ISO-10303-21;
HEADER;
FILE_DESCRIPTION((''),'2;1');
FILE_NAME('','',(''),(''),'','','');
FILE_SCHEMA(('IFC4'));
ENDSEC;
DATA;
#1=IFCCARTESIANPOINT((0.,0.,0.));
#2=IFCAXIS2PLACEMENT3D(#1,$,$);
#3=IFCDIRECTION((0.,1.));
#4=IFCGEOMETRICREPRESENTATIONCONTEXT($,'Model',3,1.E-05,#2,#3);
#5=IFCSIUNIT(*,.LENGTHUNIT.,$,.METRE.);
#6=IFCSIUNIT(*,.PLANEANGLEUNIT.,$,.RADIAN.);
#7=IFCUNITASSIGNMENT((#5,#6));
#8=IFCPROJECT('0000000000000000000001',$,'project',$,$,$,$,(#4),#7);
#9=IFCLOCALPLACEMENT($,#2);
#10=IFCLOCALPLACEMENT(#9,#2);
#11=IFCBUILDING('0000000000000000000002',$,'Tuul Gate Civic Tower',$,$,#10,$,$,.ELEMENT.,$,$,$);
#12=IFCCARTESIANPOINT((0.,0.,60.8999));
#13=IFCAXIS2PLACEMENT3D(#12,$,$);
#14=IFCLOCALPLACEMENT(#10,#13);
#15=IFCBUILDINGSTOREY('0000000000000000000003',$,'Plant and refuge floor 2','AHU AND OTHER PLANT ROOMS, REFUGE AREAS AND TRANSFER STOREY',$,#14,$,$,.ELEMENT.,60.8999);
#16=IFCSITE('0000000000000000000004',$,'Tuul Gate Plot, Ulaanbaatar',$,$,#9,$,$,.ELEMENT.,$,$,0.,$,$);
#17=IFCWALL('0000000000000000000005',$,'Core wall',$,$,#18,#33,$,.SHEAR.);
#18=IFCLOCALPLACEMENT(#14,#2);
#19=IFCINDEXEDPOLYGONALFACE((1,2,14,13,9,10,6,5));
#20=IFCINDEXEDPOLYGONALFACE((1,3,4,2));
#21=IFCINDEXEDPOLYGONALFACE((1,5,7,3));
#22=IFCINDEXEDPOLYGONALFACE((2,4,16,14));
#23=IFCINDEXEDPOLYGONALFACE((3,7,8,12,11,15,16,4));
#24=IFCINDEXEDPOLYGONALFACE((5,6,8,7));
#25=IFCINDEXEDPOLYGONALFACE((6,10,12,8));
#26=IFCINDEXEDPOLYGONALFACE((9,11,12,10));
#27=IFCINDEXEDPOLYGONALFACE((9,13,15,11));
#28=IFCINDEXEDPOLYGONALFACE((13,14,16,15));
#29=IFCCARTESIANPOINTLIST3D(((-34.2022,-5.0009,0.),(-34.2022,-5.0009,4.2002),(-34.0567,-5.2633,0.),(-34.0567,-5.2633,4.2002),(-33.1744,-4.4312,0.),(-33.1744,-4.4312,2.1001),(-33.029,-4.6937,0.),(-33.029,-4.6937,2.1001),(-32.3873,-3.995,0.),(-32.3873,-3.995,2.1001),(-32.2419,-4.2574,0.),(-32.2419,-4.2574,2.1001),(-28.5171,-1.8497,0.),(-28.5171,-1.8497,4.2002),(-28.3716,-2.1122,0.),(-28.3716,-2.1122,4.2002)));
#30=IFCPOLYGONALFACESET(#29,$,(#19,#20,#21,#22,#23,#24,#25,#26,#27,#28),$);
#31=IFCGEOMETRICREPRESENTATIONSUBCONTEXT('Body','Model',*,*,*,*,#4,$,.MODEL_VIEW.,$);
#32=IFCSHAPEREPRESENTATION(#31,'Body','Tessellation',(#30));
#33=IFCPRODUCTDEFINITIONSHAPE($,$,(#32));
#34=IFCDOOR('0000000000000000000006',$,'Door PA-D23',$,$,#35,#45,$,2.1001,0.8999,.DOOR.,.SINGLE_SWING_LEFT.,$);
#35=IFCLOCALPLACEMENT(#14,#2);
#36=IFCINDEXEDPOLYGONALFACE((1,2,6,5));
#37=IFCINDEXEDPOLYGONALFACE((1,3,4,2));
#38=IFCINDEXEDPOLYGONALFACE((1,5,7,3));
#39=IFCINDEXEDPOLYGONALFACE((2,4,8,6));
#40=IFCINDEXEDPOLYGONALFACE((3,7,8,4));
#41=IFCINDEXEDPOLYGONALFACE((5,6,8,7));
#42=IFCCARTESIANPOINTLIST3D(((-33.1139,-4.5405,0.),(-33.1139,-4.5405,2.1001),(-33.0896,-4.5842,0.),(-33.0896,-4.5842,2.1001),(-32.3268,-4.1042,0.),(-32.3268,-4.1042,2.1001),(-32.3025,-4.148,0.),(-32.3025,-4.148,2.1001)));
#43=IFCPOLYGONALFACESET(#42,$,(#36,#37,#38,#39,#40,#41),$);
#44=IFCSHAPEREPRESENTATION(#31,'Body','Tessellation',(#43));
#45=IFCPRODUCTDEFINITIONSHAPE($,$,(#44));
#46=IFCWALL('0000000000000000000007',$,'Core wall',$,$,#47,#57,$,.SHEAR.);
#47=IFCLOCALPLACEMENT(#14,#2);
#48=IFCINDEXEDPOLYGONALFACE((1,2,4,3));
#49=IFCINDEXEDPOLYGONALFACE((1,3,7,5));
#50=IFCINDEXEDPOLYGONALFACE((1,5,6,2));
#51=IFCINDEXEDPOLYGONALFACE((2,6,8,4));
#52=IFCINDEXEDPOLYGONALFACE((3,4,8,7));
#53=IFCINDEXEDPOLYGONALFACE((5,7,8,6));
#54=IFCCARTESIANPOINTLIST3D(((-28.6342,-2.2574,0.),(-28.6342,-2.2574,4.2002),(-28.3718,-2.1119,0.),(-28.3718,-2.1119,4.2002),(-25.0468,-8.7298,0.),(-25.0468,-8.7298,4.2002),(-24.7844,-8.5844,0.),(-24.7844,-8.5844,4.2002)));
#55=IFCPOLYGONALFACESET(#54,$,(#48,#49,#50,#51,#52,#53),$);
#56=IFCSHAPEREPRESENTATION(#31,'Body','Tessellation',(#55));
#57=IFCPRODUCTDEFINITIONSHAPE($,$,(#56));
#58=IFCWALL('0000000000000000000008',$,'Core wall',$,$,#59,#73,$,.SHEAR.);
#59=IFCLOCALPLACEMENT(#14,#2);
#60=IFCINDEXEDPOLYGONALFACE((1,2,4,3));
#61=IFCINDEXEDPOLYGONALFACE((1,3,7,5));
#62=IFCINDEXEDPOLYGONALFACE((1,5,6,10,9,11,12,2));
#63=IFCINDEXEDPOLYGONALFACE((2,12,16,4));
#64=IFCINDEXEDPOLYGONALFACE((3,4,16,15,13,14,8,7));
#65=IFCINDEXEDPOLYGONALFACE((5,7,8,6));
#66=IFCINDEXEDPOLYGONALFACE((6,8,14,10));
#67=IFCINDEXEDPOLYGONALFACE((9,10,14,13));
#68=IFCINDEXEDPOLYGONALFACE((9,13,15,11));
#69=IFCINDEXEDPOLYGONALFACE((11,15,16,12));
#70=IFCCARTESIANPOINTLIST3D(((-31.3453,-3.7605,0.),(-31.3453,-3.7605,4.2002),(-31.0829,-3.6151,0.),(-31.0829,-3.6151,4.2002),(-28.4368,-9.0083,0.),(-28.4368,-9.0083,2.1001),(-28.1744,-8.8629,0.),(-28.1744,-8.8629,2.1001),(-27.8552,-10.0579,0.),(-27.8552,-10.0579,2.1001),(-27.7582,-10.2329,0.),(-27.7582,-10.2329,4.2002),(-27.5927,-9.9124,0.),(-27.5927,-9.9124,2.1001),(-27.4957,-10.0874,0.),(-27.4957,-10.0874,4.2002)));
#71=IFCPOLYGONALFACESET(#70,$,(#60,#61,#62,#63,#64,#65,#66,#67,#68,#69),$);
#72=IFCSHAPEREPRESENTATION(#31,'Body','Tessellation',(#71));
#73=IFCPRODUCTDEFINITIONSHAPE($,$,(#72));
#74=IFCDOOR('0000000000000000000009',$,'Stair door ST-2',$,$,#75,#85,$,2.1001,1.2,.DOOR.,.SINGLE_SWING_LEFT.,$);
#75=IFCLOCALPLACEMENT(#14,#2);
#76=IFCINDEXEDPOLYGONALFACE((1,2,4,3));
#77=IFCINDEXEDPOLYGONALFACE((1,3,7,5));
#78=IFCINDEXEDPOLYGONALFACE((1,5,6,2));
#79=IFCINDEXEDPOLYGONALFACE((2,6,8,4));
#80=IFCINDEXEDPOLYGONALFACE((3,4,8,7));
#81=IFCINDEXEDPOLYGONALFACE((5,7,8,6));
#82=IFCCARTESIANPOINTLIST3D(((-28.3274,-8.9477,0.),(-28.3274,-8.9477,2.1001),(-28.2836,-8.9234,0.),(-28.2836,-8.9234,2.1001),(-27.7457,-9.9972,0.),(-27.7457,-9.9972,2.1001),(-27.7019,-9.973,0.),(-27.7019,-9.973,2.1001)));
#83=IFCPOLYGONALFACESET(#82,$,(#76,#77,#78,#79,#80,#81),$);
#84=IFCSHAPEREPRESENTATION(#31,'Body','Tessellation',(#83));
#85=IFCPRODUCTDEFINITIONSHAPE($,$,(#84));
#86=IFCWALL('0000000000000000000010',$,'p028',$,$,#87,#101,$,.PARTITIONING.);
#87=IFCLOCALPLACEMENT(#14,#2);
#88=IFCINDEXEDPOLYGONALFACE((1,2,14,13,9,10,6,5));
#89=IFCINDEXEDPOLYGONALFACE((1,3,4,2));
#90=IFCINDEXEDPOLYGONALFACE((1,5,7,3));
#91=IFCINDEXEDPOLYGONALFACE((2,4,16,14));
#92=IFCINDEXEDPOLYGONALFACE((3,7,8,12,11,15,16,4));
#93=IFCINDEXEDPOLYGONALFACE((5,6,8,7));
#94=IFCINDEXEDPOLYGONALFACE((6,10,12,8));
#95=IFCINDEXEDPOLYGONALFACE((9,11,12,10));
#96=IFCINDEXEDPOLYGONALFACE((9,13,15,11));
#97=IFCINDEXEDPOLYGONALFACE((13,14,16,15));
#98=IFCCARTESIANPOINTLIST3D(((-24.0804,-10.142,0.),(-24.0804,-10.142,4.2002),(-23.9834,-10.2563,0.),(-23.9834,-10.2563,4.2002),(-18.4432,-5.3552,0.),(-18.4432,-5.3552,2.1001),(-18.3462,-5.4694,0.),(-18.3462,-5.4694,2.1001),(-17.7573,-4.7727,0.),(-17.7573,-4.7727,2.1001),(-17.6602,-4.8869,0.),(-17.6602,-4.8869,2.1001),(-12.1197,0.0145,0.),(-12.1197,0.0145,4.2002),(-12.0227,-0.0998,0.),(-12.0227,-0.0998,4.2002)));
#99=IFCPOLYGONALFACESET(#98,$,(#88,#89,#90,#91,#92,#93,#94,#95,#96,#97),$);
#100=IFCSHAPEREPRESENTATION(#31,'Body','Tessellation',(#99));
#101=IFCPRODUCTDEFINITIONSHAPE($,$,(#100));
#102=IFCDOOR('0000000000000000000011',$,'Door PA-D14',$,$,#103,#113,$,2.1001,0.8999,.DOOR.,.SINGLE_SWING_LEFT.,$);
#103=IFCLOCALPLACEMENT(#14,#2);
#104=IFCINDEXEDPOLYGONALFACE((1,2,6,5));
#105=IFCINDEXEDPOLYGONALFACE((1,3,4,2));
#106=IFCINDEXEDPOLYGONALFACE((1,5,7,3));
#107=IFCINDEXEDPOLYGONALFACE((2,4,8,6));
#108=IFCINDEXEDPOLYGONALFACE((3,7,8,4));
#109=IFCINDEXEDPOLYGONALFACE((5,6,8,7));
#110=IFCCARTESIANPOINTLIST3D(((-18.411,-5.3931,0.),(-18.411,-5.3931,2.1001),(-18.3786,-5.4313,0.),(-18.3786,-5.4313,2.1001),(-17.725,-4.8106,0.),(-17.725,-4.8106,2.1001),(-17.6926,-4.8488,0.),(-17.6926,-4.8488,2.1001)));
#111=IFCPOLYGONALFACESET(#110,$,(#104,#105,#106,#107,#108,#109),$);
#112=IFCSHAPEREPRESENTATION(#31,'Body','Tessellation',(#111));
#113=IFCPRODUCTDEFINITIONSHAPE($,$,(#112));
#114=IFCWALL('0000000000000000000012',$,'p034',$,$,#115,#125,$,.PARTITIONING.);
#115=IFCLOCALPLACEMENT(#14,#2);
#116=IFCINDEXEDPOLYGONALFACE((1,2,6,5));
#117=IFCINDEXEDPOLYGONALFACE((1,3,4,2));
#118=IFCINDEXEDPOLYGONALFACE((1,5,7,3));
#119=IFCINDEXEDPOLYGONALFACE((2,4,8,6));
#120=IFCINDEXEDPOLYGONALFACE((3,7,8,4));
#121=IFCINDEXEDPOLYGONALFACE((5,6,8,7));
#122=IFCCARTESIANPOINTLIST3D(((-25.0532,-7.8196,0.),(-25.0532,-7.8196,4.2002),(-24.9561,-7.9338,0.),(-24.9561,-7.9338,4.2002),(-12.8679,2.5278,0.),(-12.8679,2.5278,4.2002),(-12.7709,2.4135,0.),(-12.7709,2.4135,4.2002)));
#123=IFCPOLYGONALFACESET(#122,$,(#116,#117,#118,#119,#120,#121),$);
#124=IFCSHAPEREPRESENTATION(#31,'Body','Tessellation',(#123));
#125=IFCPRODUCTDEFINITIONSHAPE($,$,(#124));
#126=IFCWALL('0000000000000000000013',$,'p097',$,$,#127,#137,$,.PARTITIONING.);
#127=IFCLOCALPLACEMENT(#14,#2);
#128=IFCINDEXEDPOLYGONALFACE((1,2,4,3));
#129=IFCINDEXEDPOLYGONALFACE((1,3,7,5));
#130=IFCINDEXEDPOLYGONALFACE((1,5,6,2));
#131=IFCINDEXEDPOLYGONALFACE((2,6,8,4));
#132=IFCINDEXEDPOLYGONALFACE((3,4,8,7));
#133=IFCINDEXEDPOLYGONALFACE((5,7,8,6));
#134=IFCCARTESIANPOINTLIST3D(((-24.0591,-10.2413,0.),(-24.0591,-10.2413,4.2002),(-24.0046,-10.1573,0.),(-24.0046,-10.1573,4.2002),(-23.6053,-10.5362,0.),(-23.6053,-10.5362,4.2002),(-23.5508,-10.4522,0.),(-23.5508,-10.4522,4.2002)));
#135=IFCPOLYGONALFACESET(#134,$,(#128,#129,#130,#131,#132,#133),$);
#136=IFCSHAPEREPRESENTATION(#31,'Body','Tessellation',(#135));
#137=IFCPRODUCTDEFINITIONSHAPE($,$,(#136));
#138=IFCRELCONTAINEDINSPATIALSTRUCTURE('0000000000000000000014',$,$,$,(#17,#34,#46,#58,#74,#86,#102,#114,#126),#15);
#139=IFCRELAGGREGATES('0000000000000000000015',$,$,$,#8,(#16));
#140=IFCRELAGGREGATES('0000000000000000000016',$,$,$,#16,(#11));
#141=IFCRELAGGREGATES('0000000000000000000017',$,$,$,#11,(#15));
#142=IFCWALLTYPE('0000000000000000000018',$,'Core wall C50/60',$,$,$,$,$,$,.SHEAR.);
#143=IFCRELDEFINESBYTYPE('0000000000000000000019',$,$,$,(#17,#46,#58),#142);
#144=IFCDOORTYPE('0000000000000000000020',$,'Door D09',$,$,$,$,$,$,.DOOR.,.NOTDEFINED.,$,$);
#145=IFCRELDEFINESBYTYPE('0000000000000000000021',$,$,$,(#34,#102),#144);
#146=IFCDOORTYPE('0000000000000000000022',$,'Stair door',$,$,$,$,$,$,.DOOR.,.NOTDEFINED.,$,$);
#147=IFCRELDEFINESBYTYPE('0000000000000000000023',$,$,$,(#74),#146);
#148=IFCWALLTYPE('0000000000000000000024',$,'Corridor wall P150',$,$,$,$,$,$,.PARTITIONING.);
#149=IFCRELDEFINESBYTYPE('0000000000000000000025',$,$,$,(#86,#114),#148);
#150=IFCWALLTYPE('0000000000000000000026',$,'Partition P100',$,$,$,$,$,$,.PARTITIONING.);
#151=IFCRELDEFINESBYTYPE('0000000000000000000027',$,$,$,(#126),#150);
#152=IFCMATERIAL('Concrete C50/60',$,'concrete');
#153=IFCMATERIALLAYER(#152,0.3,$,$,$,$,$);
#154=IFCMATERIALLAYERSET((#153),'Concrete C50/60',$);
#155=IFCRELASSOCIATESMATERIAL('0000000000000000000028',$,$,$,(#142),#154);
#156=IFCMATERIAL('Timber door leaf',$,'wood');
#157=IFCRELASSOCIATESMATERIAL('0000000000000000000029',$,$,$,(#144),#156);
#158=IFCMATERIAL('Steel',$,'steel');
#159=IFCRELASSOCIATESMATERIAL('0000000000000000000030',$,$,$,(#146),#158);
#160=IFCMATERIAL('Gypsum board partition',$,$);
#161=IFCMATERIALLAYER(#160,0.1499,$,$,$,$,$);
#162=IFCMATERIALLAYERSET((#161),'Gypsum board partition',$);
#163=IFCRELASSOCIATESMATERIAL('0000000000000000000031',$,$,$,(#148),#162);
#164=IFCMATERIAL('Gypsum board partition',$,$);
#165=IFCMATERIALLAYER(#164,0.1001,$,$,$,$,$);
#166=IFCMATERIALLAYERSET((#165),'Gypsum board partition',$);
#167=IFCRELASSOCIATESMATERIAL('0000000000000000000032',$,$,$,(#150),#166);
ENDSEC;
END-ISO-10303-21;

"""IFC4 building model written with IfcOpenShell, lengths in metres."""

from ifc_helpers import new_model, si_unit, direction, frame, frame_2d, origin, place, context, subcontext, project, spatial, rectangle, extrude, material, layer, layer_set, type_object, element, fill, save


model = new_model("IFC4")

# Units and contexts
model_context = context("Model", 3, precision=1e-05, world=origin(), true_north=direction((0.0, 1.0)))
body_context = subcontext(model_context, "Body", "Model", "MODEL_VIEW")
ifc_project = project(units=[si_unit("LENGTHUNIT", "METRE"), si_unit("PLANEANGLEUNIT", "RADIAN")], contexts=[model_context])

# Site, building, storey
site_placement = place(None, origin())
site = spatial("IfcSite", under=ifc_project, at=site_placement, Name="Tuul Gate Plot, Ulaanbaatar", CompositionType="ELEMENT", RefElevation=0.0)
building_placement = place(site_placement, origin())
building = spatial("IfcBuilding", under=site, at=building_placement, Name="Tuul Gate Civic Tower", CompositionType="ELEMENT")
storey_placement = place(building_placement, frame((0.0, 0.0, 60.8999)))
storey = spatial("IfcBuildingStorey", under=building, at=storey_placement, Name="Plant and refuge floor 2", Description="AHU AND OTHER PLANT ROOMS, REFUGE AREAS AND TRANSFER STOREY", CompositionType="ELEMENT", Elevation=60.8999)

# Shared definitions
ifc_material_1 = material(Name="Concrete C50/60", Category="concrete")
ifc_layer_1 = layer(ifc_material_1, 0.3)
ifc_layer_set_1 = layer_set([ifc_layer_1], Name="Concrete C50/60")
wall_type_1 = type_object("IfcWallType", Name="Core wall C50/60", PredefinedType="SHEAR", material=ifc_layer_set_1)

# Wall, opening, door
wall_1_placement = place(storey_placement, frame((-28.4443, -1.981, 0.0), z_axis=(0.0, 0.0, 1.0), x_axis=(-0.87463, -0.484791, 0.0)))
wall_1 = element("IfcWall", 1, at=wall_1_placement, inside=storey, type_object=wall_type_1, Name="Core wall", PredefinedType="SHEAR", context=body_context, shape_type="SweptSolid", body=[
    extrude(rectangle(XDim=6.5, YDim=0.3, at=frame_2d((3.25, 0.0))), origin(), (0.0, 0.0, 1.0), 4.2002),
])
opening_1_placement = place(wall_1_placement, frame((4.425, 0.0, 0.0)))
opening_1 = element("IfcOpeningElement", 2, at=opening_1_placement, cuts=wall_1, PredefinedType="OPENING", context=body_context, shape_type="SweptSolid", body=[
    extrude(rectangle(XDim=0.8999, YDim=2.1001, at=frame_2d((0.45, 1.05))), frame((0.0, 0.1602, 0.0), z_axis=(0.0, -1.0, 0.0), x_axis=(1.0, 0.0, 0.0)), (0.0, 0.0, 1.0), 0.3201),
])
ifc_material_2 = material(Name="Timber door leaf", Category="wood")
door_type_1 = type_object("IfcDoorType", Name="Door D09", OperationType="NOTDEFINED", PredefinedType="DOOR", material=ifc_material_2)
door_1_placement = place(opening_1_placement, origin())
door_1 = element("IfcDoor", 3, at=door_1_placement, inside=storey, type_object=door_type_1, Name="Door PA-D23", OperationType="SINGLE_SWING_LEFT", OverallHeight=2.1001, OverallWidth=0.8999, PredefinedType="DOOR", context=body_context, shape_type="SweptSolid", body=[
    extrude(rectangle(XDim=0.8999, YDim=2.1001, at=frame_2d((0.45, 1.05))), frame((0.0, 0.0249, 0.0), z_axis=(0.0, -1.0, 0.0), x_axis=(1.0, 0.0, 0.0)), (0.0, 0.0, 1.0), 0.05),
])
fill(opening_1, door_1)

# Wall
wall_2_placement = place(storey_placement, frame((-24.9155, -8.6572, 0.0), z_axis=(0.0, 0.0, 1.0), x_axis=(-0.484777, 0.874638, 0.0)))
element("IfcWall", 4, at=wall_2_placement, inside=storey, type_object=wall_type_1, Name="Core wall", PredefinedType="SHEAR", context=body_context, shape_type="SweptSolid", body=[
    extrude(rectangle(XDim=7.4001, YDim=0.3, at=frame_2d((3.7002, 0.0))), origin(), (0.0, 0.0, 1.0), 4.2002),
])

# Walls, openings, doors
wall_3_placement = place(storey_placement, frame((-27.627, -10.1602, 0.0), z_axis=(0.0, 0.0, 1.0), x_axis=(-0.484752, 0.874652, 0.0)))
wall_3 = element("IfcWall", 5, at=wall_3_placement, inside=storey, type_object=wall_type_1, Name="Core wall", PredefinedType="SHEAR", context=body_context, shape_type="SweptSolid", body=[
    extrude(rectangle(XDim=7.3999, YDim=0.3, at=frame_2d((3.7, 0.0))), origin(), (0.0, 0.0, 1.0), 4.2002),
])
opening_2_placement = place(wall_3_placement, frame((0.2, 0.0, 0.0)))
opening_2 = element("IfcOpeningElement", 6, at=opening_2_placement, cuts=wall_3, PredefinedType="OPENING", context=body_context, shape_type="SweptSolid", body=[
    extrude(rectangle(XDim=1.2, YDim=2.1001, at=frame_2d((0.6001, 1.05))), frame((0.0, 0.1602, 0.0), z_axis=(0.0, -1.0, 0.0), x_axis=(1.0, 0.0, 0.0)), (0.0, 0.0, 1.0), 0.3201),
])
ifc_material_3 = material(Name="Steel", Category="steel")
door_type_2 = type_object("IfcDoorType", Name="Stair door", OperationType="NOTDEFINED", PredefinedType="DOOR", material=ifc_material_3)
door_2_placement = place(opening_2_placement, origin())
door_2 = element("IfcDoor", 7, at=door_2_placement, inside=storey, type_object=door_type_2, Name="Stair door ST-2", OperationType="SINGLE_SWING_LEFT", OverallHeight=2.1001, OverallWidth=1.2, PredefinedType="DOOR", context=body_context, shape_type="SweptSolid", body=[
    extrude(rectangle(XDim=1.2, YDim=2.1001, at=frame_2d((0.6001, 1.05))), frame((0.0, 0.0249, 0.0), z_axis=(0.0, -1.0, 0.0), x_axis=(1.0, 0.0, 0.0)), (0.0, 0.0, 1.0), 0.05),
])
fill(opening_2, door_2)
ifc_material_4 = material(Name="Gypsum board partition")
ifc_layer_2 = layer(ifc_material_4, 0.1499)
ifc_layer_set_2 = layer_set([ifc_layer_2], Name="Gypsum board partition")
wall_type_2 = type_object("IfcWallType", Name="Corridor wall P150", PredefinedType="PARTITIONING", material=ifc_layer_set_2)
wall_4_placement = place(storey_placement, frame((-24.032, -10.1992, 0.0), z_axis=(0.0, 0.0, 1.0), x_axis=(0.762257, 0.647275, 0.0)))
wall_4 = element("IfcWall", 8, at=wall_4_placement, inside=storey, type_object=wall_type_2, Name="p028", PredefinedType="PARTITIONING", context=body_context, shape_type="SweptSolid", body=[
    extrude(rectangle(XDim=15.6912, YDim=0.1499, at=frame_2d((7.8457, 0.0))), origin(), (0.0, 0.0, 1.0), 4.2002),
])
opening_3_placement = place(wall_4_placement, frame((7.3955, 0.0, 0.0)))
opening_3 = element("IfcOpeningElement", 9, at=opening_3_placement, cuts=wall_4, PredefinedType="OPENING", context=body_context, shape_type="SweptSolid", body=[
    extrude(rectangle(XDim=0.8999, YDim=2.1001, at=frame_2d((0.45, 1.05))), frame((0.0, 0.085, 0.0), z_axis=(0.0, -1.0, 0.0), x_axis=(1.0, 0.0, 0.0)), (0.0, 0.0, 1.0), 0.1699),
])
door_3_placement = place(opening_3_placement, frame((0.8999, 0.0, 0.0), z_axis=(0.0, 0.0, 1.0), x_axis=(-1.0, 0.0, 0.0)))
door_3 = element("IfcDoor", 10, at=door_3_placement, inside=storey, type_object=door_type_1, Name="Door PA-D14", OperationType="SINGLE_SWING_LEFT", OverallHeight=2.1001, OverallWidth=0.8999, PredefinedType="DOOR", context=body_context, shape_type="SweptSolid", body=[
    extrude(rectangle(XDim=0.8999, YDim=2.1001, at=frame_2d((0.45, 1.05))), frame((0.0, 0.0249, 0.0), z_axis=(0.0, -1.0, 0.0), x_axis=(1.0, 0.0, 0.0)), (0.0, 0.0, 1.0), 0.05),
])
fill(opening_3, door_3)

# Walls
wall_5_placement = place(storey_placement, frame((-25.0046, -7.8767, 0.0), z_axis=(0.0, 0.0, 1.0), x_axis=(0.762251, 0.647282, 0.0)))
element("IfcWall", 11, at=wall_5_placement, inside=storey, type_object=wall_type_2, Name="p034", PredefinedType="PARTITIONING", context=body_context, shape_type="SweptSolid", body=[
    extrude(rectangle(XDim=15.9858, YDim=0.1499, at=frame_2d((7.9929, 0.0))), origin(), (0.0, 0.0, 1.0), 4.2002),
])
ifc_material_5 = material(Name="Gypsum board partition")
ifc_layer_3 = layer(ifc_material_5, 0.1001)
ifc_layer_set_3 = layer_set([ifc_layer_3], Name="Gypsum board partition")
wall_type_3 = type_object("IfcWallType", Name="Partition P100", PredefinedType="PARTITIONING", material=ifc_layer_set_3)
wall_6_placement = place(storey_placement, frame((-23.5781, -10.4941, 0.0), z_axis=(0.0, 0.0, 1.0), x_axis=(-0.838516, 0.544877, 0.0)))
element("IfcWall", 12, at=wall_6_placement, inside=storey, type_object=wall_type_3, Name="p097", PredefinedType="PARTITIONING", context=body_context, shape_type="SweptSolid", body=[
    extrude(rectangle(XDim=0.5413, YDim=0.1001, at=frame_2d((0.2705, 0.0))), origin(), (0.0, 0.0, 1.0), 4.2002),
])

save(model, "model.ifc")
